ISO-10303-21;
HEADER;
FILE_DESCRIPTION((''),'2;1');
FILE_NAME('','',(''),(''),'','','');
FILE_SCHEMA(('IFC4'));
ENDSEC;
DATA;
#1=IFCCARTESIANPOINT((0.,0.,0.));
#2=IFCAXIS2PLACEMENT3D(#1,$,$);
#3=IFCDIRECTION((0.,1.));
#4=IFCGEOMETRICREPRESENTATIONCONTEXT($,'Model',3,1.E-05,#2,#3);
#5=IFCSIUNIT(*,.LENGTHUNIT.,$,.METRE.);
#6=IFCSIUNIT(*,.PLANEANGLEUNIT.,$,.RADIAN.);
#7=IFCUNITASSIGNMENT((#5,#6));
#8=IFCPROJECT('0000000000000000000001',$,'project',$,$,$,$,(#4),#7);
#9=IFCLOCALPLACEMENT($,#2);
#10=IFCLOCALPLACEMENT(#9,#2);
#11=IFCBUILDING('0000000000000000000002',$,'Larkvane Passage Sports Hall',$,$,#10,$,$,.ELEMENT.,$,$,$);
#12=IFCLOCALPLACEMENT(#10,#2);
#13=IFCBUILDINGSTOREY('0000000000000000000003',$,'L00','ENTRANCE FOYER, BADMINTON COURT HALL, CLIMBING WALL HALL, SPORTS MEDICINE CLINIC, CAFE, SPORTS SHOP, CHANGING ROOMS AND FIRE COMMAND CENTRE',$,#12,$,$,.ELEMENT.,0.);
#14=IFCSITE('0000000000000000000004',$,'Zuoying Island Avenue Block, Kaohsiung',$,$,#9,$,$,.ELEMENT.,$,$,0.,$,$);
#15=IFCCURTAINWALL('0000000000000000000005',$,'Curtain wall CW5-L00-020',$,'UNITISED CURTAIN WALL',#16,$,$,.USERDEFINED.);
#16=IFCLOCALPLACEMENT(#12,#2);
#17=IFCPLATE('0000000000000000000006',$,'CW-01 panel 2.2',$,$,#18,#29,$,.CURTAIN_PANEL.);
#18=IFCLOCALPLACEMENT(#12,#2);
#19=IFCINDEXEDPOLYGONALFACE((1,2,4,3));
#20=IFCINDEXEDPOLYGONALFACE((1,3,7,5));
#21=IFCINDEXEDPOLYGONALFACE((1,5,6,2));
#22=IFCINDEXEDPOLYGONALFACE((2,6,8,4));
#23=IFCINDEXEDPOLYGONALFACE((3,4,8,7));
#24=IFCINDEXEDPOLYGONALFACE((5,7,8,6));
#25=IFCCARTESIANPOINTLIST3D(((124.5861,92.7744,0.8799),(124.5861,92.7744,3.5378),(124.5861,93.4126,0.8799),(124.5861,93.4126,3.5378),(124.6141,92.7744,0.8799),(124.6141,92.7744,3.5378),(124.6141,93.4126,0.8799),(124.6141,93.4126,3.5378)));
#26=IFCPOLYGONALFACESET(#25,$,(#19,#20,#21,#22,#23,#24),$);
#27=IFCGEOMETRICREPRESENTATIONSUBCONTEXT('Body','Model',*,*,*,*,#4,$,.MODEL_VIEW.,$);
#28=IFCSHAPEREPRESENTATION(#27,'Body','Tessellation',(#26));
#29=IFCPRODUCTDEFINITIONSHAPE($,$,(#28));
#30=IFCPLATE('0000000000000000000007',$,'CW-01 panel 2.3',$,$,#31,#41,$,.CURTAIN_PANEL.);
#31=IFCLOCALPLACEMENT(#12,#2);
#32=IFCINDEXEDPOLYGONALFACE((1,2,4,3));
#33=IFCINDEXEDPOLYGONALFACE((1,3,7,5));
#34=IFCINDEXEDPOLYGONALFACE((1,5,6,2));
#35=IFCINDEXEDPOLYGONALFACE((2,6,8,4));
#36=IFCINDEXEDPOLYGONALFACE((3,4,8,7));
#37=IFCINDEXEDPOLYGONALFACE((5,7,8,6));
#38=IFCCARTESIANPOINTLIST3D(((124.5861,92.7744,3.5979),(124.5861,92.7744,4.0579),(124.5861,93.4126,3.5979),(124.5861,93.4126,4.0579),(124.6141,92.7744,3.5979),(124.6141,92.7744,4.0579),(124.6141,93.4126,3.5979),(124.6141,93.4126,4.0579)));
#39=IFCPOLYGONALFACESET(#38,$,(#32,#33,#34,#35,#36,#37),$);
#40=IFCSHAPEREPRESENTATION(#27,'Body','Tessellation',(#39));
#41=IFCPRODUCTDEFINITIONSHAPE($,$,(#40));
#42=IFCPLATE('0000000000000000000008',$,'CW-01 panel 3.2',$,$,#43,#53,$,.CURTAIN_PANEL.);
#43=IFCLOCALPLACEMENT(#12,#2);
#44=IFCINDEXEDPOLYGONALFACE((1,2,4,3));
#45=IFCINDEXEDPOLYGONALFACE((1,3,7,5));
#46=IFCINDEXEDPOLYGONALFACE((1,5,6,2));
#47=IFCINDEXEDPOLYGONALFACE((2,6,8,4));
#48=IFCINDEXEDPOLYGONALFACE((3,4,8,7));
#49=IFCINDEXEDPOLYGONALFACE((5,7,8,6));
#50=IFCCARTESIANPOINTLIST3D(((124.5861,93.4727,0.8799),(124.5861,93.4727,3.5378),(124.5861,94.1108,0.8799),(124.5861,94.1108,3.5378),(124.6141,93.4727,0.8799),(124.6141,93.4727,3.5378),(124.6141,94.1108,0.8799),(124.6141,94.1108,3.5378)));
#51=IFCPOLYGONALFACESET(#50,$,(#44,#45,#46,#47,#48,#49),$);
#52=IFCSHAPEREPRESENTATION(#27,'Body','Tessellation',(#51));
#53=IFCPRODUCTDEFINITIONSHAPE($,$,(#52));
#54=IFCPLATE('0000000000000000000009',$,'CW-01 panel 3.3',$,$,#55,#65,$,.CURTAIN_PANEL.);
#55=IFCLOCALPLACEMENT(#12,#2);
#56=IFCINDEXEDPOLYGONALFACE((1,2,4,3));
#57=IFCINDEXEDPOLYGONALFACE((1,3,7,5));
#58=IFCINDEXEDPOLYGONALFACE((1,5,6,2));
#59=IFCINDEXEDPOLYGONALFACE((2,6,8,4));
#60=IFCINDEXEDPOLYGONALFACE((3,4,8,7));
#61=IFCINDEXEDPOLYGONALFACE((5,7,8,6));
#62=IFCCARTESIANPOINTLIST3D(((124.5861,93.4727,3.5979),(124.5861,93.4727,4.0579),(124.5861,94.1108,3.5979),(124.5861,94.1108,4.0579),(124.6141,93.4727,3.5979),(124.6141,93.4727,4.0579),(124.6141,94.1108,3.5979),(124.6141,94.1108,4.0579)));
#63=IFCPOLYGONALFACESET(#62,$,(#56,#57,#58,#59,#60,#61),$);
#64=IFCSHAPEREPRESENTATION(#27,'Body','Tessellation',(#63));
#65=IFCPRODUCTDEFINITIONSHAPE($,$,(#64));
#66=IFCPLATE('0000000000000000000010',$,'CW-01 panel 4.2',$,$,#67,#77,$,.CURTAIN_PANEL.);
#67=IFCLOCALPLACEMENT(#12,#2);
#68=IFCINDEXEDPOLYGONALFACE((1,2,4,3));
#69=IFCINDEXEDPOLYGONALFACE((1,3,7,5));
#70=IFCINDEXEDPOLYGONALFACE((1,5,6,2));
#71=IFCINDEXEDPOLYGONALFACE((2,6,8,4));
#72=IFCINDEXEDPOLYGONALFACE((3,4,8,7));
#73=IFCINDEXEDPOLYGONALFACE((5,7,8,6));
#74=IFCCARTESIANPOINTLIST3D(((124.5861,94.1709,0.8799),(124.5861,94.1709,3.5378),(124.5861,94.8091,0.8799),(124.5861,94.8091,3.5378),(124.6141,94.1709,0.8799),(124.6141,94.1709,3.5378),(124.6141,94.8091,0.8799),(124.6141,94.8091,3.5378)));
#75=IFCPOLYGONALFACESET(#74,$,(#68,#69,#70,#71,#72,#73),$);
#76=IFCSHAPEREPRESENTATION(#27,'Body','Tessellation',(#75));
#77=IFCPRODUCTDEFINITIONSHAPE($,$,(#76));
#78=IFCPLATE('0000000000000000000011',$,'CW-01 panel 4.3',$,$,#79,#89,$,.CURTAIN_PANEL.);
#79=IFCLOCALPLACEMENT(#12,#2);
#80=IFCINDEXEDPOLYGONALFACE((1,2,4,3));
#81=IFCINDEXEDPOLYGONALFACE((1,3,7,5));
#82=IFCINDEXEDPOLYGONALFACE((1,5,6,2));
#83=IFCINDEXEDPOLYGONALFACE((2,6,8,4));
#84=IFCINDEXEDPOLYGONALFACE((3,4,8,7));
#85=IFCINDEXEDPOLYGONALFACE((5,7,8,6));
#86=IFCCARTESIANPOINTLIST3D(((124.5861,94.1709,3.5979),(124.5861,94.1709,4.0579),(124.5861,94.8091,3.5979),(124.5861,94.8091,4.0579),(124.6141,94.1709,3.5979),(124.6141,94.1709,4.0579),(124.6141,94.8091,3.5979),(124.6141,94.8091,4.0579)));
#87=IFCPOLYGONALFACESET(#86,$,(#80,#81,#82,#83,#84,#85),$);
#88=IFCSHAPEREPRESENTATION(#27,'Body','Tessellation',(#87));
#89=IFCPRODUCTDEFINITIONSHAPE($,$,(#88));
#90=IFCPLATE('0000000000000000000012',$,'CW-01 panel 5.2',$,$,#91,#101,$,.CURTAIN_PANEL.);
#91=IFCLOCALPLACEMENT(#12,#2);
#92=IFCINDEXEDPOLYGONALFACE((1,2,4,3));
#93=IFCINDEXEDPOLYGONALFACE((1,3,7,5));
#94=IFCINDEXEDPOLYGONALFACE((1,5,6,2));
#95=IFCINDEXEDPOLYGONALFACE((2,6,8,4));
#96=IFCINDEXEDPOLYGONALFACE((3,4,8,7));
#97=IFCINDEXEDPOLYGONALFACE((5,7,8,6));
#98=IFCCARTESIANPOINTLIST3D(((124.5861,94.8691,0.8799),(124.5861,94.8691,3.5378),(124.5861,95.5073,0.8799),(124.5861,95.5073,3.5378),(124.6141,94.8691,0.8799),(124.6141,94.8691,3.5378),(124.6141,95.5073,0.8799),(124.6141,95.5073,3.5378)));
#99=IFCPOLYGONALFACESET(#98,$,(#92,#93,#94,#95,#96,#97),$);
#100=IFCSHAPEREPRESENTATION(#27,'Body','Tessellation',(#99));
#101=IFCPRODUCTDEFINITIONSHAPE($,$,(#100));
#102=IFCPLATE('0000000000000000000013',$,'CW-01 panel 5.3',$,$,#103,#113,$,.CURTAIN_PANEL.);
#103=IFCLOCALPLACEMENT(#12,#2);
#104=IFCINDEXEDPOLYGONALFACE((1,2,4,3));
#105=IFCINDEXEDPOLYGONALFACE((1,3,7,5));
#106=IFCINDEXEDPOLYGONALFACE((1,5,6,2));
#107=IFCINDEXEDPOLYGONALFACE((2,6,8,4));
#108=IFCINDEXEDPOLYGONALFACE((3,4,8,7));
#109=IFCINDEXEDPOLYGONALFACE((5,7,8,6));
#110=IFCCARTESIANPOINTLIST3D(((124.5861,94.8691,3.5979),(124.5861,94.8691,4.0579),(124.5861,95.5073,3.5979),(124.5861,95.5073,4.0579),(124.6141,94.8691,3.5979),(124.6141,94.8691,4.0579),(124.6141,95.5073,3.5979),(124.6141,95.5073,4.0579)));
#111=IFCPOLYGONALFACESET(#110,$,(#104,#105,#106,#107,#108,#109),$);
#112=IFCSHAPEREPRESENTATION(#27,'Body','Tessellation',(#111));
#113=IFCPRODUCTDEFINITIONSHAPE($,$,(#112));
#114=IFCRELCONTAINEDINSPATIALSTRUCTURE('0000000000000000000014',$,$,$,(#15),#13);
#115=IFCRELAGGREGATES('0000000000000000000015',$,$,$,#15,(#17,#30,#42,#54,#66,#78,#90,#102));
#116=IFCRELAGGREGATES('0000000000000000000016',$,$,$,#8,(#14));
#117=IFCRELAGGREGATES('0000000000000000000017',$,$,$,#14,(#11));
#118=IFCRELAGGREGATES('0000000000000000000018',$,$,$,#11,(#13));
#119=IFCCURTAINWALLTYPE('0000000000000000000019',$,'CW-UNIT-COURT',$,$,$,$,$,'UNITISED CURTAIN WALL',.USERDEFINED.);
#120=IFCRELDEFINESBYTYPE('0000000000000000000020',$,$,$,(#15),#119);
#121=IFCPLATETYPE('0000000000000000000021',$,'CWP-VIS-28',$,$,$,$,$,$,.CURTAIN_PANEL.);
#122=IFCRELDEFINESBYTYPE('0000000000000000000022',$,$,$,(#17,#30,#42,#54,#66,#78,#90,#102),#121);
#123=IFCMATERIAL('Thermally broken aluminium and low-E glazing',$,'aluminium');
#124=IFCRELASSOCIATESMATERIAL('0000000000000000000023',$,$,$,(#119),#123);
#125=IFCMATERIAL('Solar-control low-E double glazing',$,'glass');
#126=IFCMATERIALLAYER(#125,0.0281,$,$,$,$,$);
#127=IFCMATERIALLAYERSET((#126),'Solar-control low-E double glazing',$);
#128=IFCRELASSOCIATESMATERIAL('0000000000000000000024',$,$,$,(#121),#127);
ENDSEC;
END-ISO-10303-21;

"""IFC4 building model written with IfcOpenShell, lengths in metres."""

from ifc_helpers import new_model, si_unit, direction, frame, origin, origin_2d, place, context, subcontext, project, spatial, rectangle, extrude, material, layer, layer_set, type_object, element, aggregate, save


model = new_model("IFC4")

# Units and contexts
model_context = context("Model", 3, precision=1e-05, world=origin(), true_north=direction((0.0, 1.0)))
body_context = subcontext(model_context, "Body", "Model", "MODEL_VIEW")
ifc_project = project(units=[si_unit("LENGTHUNIT", "METRE"), si_unit("PLANEANGLEUNIT", "RADIAN")], contexts=[model_context])

# Site, building, storey
site_placement = place(None, origin())
site = spatial("IfcSite", under=ifc_project, at=site_placement, Name="Zuoying Island Avenue Block, Kaohsiung", CompositionType="ELEMENT", RefElevation=0.0)
building_placement = place(site_placement, origin())
building = spatial("IfcBuilding", under=site, at=building_placement, Name="Larkvane Passage Sports Hall", CompositionType="ELEMENT")
storey_placement = place(building_placement, origin())
storey = spatial("IfcBuildingStorey", under=building, at=storey_placement, Name="L00", Description="ENTRANCE FOYER, BADMINTON COURT HALL, CLIMBING WALL HALL, SPORTS MEDICINE CLINIC, CAFE, SPORTS SHOP, CHANGING ROOMS AND FIRE COMMAND CENTRE", CompositionType="ELEMENT", Elevation=0.0)

# Curtain wall, plates
ifc_material_1 = material(Name="Thermally broken aluminium and low-E glazing", Category="aluminium")
curtain_wall_type = type_object("IfcCurtainWallType", Name="CW-UNIT-COURT", ElementType="UNITISED CURTAIN WALL", PredefinedType="USERDEFINED", material=ifc_material_1)
curtain_wall_placement = place(storey_placement, origin())
curtain_wall = element("IfcCurtainWall", 1, at=curtain_wall_placement, inside=storey, type_object=curtain_wall_type, Name="Curtain wall CW5-L00-020", ObjectType="UNITISED CURTAIN WALL", PredefinedType="USERDEFINED")
ifc_material_2 = material(Name="Solar-control low-E double glazing", Category="glass")
ifc_layer = layer(ifc_material_2, 0.0281)
ifc_layer_set = layer_set([ifc_layer], Name="Solar-control low-E double glazing")
plate_type = type_object("IfcPlateType", Name="CWP-VIS-28", PredefinedType="CURTAIN_PANEL", material=ifc_layer_set)
plate_1_placement = place(storey_placement, frame((124.6001, 93.0935, 0.8799), z_axis=(0.0, 0.0, 1.0), x_axis=(0.0, 1.0, 0.0)))
plate_1 = element("IfcPlate", 2, at=plate_1_placement, type_object=plate_type, Name="CW-01 panel 2.2", PredefinedType="CURTAIN_PANEL", context=body_context, shape_type="SweptSolid", body=[
    extrude(rectangle(XDim=0.6382, YDim=0.0281, at=origin_2d()), origin(), (0.0, 0.0, 1.0), 2.658),
])
plate_2_placement = place(storey_placement, frame((124.6001, 93.0935, 3.5979), z_axis=(0.0, 0.0, 1.0), x_axis=(0.0, 1.0, 0.0)))
plate_2 = element("IfcPlate", 3, at=plate_2_placement, type_object=plate_type, Name="CW-01 panel 2.3", PredefinedType="CURTAIN_PANEL", context=body_context, shape_type="SweptSolid", body=[
    extrude(rectangle(XDim=0.6382, YDim=0.0281, at=origin_2d()), origin(), (0.0, 0.0, 1.0), 0.46),
])
plate_3_placement = place(storey_placement, frame((124.6001, 93.7917, 0.8799), z_axis=(0.0, 0.0, 1.0), x_axis=(0.0, 1.0, 0.0)))
plate_3 = element("IfcPlate", 4, at=plate_3_placement, type_object=plate_type, Name="CW-01 panel 3.2", PredefinedType="CURTAIN_PANEL", context=body_context, shape_type="SweptSolid", body=[
    extrude(rectangle(XDim=0.6382, YDim=0.0281, at=origin_2d()), origin(), (0.0, 0.0, 1.0), 2.658),
])
plate_4_placement = place(storey_placement, frame((124.6001, 93.7917, 3.5979), z_axis=(0.0, 0.0, 1.0), x_axis=(0.0, 1.0, 0.0)))
plate_4 = element("IfcPlate", 5, at=plate_4_placement, type_object=plate_type, Name="CW-01 panel 3.3", PredefinedType="CURTAIN_PANEL", context=body_context, shape_type="SweptSolid", body=[
    extrude(rectangle(XDim=0.6382, YDim=0.0281, at=origin_2d()), origin(), (0.0, 0.0, 1.0), 0.46),
])
plate_5_placement = place(storey_placement, frame((124.6001, 94.49, 0.8799), z_axis=(0.0, 0.0, 1.0), x_axis=(0.0, 1.0, 0.0)))
plate_5 = element("IfcPlate", 6, at=plate_5_placement, type_object=plate_type, Name="CW-01 panel 4.2", PredefinedType="CURTAIN_PANEL", context=body_context, shape_type="SweptSolid", body=[
    extrude(rectangle(XDim=0.6382, YDim=0.0281, at=origin_2d()), origin(), (0.0, 0.0, 1.0), 2.658),
])
plate_6_placement = place(storey_placement, frame((124.6001, 94.49, 3.5979), z_axis=(0.0, 0.0, 1.0), x_axis=(0.0, 1.0, 0.0)))
plate_6 = element("IfcPlate", 7, at=plate_6_placement, type_object=plate_type, Name="CW-01 panel 4.3", PredefinedType="CURTAIN_PANEL", context=body_context, shape_type="SweptSolid", body=[
    extrude(rectangle(XDim=0.6382, YDim=0.0281, at=origin_2d()), origin(), (0.0, 0.0, 1.0), 0.46),
])
plate_7_placement = place(storey_placement, frame((124.6001, 95.1882, 0.8799), z_axis=(0.0, 0.0, 1.0), x_axis=(0.0, 1.0, 0.0)))
plate_7 = element("IfcPlate", 8, at=plate_7_placement, type_object=plate_type, Name="CW-01 panel 5.2", PredefinedType="CURTAIN_PANEL", context=body_context, shape_type="SweptSolid", body=[
    extrude(rectangle(XDim=0.6382, YDim=0.0281, at=origin_2d()), origin(), (0.0, 0.0, 1.0), 2.658),
])
plate_8_placement = place(storey_placement, frame((124.6001, 95.1882, 3.5979), z_axis=(0.0, 0.0, 1.0), x_axis=(0.0, 1.0, 0.0)))
plate_8 = element("IfcPlate", 9, at=plate_8_placement, type_object=plate_type, Name="CW-01 panel 5.3", PredefinedType="CURTAIN_PANEL", context=body_context, shape_type="SweptSolid", body=[
    extrude(rectangle(XDim=0.6382, YDim=0.0281, at=origin_2d()), origin(), (0.0, 0.0, 1.0), 0.46),
])
aggregate(curtain_wall, [plate_1, plate_2, plate_3, plate_4, plate_5, plate_6, plate_7, plate_8])

save(model, "model.ifc")
